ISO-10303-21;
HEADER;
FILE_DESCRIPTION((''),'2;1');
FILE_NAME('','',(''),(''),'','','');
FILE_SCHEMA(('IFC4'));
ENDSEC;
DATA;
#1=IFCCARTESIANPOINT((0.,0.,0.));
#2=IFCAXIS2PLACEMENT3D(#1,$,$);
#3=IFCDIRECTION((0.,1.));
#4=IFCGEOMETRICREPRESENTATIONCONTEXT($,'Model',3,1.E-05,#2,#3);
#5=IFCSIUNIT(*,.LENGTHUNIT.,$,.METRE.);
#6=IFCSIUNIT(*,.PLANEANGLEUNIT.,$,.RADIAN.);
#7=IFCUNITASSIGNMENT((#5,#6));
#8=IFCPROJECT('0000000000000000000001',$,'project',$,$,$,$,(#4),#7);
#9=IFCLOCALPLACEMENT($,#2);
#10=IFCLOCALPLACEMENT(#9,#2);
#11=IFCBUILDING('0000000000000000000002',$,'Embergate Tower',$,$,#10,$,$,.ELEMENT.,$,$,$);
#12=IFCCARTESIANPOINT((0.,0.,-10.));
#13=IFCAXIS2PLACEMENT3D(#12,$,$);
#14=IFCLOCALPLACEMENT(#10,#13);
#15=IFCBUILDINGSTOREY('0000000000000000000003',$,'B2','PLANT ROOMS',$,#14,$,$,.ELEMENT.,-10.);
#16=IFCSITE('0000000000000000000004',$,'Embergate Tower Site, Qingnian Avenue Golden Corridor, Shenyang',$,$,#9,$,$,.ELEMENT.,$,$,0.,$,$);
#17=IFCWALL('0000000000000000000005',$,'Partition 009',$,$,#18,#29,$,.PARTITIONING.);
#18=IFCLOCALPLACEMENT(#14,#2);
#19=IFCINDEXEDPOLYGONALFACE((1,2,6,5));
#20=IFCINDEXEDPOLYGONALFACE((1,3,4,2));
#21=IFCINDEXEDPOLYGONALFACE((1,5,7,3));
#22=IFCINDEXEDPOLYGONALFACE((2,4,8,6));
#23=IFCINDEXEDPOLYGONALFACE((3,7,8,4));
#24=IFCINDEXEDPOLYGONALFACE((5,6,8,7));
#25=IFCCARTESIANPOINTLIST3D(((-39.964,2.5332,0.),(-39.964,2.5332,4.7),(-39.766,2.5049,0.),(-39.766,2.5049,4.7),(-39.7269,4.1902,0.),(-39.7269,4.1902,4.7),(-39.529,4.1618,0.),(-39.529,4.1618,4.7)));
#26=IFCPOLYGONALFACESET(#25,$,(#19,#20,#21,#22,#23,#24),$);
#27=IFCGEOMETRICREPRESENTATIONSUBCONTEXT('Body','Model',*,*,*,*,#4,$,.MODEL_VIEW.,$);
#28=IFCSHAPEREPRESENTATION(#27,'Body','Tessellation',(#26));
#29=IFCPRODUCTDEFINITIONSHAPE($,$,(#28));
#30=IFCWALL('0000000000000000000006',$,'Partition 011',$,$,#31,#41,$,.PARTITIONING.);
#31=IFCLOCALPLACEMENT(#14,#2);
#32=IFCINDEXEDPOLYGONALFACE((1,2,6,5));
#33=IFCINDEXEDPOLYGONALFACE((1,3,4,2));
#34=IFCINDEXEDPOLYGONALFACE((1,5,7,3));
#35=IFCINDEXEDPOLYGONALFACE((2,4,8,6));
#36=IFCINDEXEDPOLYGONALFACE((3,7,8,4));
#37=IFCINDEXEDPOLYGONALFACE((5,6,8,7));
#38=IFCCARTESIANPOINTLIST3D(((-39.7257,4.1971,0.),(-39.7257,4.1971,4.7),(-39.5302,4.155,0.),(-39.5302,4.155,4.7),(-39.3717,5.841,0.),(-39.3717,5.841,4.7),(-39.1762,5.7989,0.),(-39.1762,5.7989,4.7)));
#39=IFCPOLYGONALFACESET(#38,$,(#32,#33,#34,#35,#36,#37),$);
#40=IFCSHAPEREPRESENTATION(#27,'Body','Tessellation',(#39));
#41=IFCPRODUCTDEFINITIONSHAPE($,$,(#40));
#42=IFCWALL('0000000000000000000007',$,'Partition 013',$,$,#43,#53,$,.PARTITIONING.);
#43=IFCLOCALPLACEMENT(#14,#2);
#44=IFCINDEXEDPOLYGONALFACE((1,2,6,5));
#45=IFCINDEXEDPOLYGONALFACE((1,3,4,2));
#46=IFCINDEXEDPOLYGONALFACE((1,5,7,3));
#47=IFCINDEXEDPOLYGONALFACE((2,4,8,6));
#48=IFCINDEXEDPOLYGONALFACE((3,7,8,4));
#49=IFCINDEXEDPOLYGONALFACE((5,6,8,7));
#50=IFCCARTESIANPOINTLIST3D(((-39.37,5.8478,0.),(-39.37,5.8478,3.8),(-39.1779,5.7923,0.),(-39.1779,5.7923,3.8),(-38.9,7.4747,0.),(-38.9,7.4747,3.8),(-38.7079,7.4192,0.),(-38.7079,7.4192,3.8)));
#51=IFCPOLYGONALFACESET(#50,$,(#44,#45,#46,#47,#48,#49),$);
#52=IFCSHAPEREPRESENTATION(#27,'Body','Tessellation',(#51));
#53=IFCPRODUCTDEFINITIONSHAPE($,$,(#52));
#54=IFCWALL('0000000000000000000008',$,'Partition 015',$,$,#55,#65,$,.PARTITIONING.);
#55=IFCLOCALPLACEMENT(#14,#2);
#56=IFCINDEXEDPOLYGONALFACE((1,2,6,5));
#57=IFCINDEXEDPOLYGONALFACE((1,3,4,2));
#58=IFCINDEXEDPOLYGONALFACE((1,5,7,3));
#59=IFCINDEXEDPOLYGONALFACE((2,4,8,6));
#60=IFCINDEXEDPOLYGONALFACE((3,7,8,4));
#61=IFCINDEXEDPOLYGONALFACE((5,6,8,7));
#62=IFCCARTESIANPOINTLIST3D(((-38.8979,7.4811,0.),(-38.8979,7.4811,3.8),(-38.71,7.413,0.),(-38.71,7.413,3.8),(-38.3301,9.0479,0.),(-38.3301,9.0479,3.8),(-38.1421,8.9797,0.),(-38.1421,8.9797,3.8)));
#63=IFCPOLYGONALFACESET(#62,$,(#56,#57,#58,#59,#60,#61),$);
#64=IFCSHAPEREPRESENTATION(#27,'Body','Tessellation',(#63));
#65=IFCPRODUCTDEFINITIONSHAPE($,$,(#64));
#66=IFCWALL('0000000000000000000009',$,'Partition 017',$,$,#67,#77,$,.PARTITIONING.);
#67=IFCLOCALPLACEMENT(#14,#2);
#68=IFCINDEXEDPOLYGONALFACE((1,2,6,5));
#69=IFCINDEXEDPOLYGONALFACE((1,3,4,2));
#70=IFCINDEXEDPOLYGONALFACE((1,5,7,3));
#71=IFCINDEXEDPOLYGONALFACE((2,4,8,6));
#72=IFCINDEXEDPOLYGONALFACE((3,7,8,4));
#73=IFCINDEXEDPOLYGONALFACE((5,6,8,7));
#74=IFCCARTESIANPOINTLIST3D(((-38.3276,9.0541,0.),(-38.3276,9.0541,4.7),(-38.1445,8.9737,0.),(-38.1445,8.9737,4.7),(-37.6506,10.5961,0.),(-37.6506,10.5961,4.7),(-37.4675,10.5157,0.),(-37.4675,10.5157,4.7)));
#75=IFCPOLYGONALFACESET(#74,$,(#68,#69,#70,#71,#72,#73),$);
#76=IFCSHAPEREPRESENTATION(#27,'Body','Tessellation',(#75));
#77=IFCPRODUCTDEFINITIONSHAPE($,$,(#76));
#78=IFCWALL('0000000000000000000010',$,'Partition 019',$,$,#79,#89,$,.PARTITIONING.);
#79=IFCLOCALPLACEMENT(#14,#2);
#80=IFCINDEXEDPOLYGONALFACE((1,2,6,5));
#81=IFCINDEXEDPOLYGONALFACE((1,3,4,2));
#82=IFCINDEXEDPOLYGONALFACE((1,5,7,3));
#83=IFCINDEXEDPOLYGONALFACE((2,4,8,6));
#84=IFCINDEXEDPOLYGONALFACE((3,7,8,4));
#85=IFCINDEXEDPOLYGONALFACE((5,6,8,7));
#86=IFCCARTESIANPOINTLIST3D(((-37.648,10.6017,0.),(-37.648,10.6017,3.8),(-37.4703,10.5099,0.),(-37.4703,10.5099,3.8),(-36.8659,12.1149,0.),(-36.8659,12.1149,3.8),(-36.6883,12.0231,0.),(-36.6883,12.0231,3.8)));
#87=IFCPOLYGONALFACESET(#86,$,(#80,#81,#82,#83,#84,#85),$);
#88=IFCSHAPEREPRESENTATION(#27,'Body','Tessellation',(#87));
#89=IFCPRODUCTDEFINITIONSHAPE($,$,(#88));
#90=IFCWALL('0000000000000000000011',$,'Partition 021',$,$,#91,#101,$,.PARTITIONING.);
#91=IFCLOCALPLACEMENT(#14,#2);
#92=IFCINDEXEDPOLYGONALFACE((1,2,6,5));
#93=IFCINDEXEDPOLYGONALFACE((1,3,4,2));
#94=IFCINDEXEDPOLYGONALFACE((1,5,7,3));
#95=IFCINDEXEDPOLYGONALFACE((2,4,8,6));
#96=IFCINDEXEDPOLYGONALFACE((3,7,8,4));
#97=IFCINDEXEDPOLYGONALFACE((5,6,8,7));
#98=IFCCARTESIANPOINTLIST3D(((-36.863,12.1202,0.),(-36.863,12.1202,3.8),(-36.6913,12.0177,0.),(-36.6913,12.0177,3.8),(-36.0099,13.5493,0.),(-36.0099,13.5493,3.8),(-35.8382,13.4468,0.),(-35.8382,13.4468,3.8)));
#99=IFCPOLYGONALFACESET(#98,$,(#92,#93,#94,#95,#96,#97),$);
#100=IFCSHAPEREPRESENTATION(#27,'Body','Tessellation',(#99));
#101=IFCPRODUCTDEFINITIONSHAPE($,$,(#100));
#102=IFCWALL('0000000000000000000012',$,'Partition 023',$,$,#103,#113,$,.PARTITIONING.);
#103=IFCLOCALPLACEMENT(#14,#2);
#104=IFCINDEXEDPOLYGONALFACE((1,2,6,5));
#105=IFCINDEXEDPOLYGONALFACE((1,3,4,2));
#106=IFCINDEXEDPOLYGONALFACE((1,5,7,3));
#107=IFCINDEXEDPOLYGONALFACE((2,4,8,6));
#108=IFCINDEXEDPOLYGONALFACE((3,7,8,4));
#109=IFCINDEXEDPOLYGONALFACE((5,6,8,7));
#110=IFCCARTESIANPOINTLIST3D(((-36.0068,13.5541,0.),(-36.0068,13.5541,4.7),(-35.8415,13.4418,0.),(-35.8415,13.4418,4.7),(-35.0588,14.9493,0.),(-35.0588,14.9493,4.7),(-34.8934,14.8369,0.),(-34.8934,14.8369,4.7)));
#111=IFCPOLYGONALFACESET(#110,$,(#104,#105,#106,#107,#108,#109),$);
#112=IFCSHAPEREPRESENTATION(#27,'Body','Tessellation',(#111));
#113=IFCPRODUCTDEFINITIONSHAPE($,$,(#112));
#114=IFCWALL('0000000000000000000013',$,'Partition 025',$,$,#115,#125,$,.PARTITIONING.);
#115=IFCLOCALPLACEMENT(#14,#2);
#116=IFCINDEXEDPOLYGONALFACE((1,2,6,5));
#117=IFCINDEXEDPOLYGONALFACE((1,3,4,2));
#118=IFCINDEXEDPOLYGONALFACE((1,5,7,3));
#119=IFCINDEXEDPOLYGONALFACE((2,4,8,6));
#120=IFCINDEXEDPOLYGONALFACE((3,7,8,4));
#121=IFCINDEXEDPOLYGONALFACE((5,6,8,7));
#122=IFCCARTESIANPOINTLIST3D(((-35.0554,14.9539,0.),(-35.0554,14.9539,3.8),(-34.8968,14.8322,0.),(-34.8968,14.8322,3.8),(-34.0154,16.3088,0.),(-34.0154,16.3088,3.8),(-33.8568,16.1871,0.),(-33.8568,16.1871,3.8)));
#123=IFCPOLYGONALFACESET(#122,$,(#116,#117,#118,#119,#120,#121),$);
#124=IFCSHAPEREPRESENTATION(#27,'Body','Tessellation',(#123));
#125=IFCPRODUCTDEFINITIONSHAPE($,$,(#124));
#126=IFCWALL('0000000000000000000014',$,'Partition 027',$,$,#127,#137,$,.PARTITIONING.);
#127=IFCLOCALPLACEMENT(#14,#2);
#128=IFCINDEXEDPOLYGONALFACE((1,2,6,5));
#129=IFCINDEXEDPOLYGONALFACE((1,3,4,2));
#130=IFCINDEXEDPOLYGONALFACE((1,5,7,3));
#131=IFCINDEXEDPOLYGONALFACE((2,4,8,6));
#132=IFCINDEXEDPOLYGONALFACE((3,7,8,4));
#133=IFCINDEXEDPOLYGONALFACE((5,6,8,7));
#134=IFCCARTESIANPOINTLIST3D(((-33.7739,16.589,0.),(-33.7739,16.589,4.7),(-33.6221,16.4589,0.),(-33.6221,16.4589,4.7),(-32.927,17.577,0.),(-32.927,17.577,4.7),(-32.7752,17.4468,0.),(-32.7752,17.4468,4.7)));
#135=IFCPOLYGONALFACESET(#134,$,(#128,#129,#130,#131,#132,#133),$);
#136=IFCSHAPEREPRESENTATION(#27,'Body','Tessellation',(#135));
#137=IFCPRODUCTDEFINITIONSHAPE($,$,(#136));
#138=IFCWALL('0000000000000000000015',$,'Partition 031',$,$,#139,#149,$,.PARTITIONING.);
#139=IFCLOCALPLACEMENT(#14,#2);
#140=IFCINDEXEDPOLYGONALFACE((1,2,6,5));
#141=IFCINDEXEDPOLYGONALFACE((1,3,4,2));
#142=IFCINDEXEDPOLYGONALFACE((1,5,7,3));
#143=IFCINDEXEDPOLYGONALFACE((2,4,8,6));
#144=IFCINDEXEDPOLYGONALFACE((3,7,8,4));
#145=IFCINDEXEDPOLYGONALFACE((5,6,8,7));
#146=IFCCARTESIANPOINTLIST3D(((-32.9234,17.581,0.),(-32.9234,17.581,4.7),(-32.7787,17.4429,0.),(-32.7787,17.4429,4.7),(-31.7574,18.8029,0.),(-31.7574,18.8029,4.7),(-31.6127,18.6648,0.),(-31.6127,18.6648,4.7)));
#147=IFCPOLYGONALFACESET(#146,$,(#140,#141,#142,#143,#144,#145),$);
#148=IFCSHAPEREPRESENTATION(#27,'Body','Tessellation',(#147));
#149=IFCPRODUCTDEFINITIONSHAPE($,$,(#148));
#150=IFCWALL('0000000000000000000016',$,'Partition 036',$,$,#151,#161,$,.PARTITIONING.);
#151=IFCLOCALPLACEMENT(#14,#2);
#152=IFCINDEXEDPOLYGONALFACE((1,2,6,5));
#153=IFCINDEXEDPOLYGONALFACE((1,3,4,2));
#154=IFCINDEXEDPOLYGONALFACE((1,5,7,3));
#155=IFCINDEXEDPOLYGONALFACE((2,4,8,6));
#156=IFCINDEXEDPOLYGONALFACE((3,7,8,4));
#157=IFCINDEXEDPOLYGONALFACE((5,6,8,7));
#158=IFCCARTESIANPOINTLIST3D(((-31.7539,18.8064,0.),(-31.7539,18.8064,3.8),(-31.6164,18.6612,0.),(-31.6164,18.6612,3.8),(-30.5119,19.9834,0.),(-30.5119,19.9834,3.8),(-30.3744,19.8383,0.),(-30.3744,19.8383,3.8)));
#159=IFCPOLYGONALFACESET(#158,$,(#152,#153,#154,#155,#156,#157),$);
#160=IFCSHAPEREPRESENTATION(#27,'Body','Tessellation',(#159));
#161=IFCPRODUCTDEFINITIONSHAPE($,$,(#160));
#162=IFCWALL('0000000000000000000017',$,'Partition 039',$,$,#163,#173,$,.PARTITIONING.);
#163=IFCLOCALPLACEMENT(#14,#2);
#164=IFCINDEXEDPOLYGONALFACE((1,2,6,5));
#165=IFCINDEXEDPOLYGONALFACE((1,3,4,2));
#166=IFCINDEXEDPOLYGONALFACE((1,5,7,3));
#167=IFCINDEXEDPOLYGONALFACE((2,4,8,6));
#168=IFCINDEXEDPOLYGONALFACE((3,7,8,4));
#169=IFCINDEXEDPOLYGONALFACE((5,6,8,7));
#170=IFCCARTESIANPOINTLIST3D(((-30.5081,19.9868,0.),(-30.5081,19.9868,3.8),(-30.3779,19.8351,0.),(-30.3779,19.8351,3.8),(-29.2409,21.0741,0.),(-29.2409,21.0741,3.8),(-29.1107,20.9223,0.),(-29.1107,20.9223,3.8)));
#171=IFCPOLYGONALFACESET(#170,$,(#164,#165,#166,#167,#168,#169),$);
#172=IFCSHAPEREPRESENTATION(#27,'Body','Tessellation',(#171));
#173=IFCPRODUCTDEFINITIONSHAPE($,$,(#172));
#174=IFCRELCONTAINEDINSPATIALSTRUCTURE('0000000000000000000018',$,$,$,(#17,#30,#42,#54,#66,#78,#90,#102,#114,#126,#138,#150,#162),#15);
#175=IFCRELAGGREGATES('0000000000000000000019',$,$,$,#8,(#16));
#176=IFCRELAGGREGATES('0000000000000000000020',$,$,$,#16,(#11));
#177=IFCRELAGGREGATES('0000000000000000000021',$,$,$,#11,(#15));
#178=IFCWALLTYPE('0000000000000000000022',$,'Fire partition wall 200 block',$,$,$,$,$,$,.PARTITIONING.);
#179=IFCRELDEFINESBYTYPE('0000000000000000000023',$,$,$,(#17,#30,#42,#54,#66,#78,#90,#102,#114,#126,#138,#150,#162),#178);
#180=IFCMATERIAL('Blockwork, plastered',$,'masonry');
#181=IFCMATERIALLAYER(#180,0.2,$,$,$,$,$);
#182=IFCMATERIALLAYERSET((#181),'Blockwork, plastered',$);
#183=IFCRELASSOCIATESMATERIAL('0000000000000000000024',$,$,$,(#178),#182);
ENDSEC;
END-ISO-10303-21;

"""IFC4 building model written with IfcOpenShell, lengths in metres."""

from ifc_helpers import new_model, si_unit, direction, frame, frame_2d, origin, place, context, subcontext, project, spatial, rectangle, extrude, source, transform, mapped, material, layer, layer_set, type_object, element, save


model = new_model("IFC4")

# Units and contexts
model_context = context("Model", 3, precision=1e-05, world=origin(), true_north=direction((0.0, 1.0)))
body_context = subcontext(model_context, "Body", "Model", "MODEL_VIEW")
ifc_project = project(units=[si_unit("LENGTHUNIT", "METRE"), si_unit("PLANEANGLEUNIT", "RADIAN")], contexts=[model_context])

# Site, building, storey
site_placement = place(None, origin())
site = spatial("IfcSite", under=ifc_project, at=site_placement, Name="Embergate Tower Site, Qingnian Avenue Golden Corridor, Shenyang", CompositionType="ELEMENT", RefElevation=0.0)
building_placement = place(site_placement, origin())
building = spatial("IfcBuilding", under=site, at=building_placement, Name="Embergate Tower", CompositionType="ELEMENT")
storey_placement = place(building_placement, frame((0.0, 0.0, -10.0)))
storey = spatial("IfcBuildingStorey", under=building, at=storey_placement, Name="B2", Description="PLANT ROOMS", CompositionType="ELEMENT", Elevation=-10.0)

# Walls
ifc_material_1 = material(Name="Blockwork, plastered", Category="masonry")
ifc_layer = layer(ifc_material_1, 0.2)
ifc_layer_set = layer_set([ifc_layer], Name="Blockwork, plastered")
wall_type = type_object("IfcWallType", Name="Fire partition wall 200 block", PredefinedType="PARTITIONING", material=ifc_layer_set)
shared_shape_1 = source(origin(), body_context, "Body", "SweptSolid", [
    extrude(rectangle(XDim=1.6738, YDim=0.2, at=frame_2d((0.8369, 0.0))), origin(), (0.0, 0.0, 1.0), 4.7),
])
wall_1_placement = place(storey_placement, frame((-39.865, 2.519, 0.0), z_axis=(0.0, 0.0, 1.0), x_axis=(0.141626, 0.98992, 0.0)))
element("IfcWall", 1, at=wall_1_placement, inside=storey, type_object=wall_type, Name="Partition 009", PredefinedType="PARTITIONING", context=body_context, shape_type="MappedRepresentation", body=[
    mapped(shared_shape_1, transform((0.0, 0.0, 0.0))),
])
shared_shape_2 = source(origin(), body_context, "Body", "SweptSolid", [
    extrude(rectangle(XDim=1.6816, YDim=0.2, at=frame_2d((0.8408, 0.0))), origin(), (0.0, 0.0, 1.0), 4.7),
])
wall_2_placement = place(storey_placement, frame((-39.6279, 4.176, 0.0), z_axis=(0.0, 0.0, 1.0), x_axis=(0.210501, 0.977594, 0.0)))
element("IfcWall", 2, at=wall_2_placement, inside=storey, type_object=wall_type, Name="Partition 011", PredefinedType="PARTITIONING", context=body_context, shape_type="MappedRepresentation", body=[
    mapped(shared_shape_2, transform((0.0, 0.0, 0.0))),
])
shared_shape_3 = source(origin(), body_context, "Body", "SweptSolid", [
    extrude(rectangle(XDim=1.6934, YDim=0.2, at=frame_2d((0.8467, 0.0))), origin(), (0.0, 0.0, 1.0), 3.8),
])
wall_3_placement = place(storey_placement, frame((-39.2739, 5.8201, 0.0), z_axis=(0.0, 0.0, 1.0), x_axis=(0.277519, 0.96072, 0.0)))
element("IfcWall", 3, at=wall_3_placement, inside=storey, type_object=wall_type, Name="Partition 013", PredefinedType="PARTITIONING", context=body_context, shape_type="MappedRepresentation", body=[
    mapped(shared_shape_3, transform((0.0, 0.0, 0.0))),
])
shared_shape_4 = source(origin(), body_context, "Body", "SweptSolid", [
    extrude(rectangle(XDim=1.6665, YDim=0.2, at=frame_2d((0.8333, 0.0))), origin(), (0.0, 0.0, 1.0), 3.8),
])
wall_4_placement = place(storey_placement, frame((-38.804, 7.447, 0.0), z_axis=(0.0, 0.0, 1.0), x_axis=(0.340731, 0.940161, 0.0)))
element("IfcWall", 4, at=wall_4_placement, inside=storey, type_object=wall_type, Name="Partition 015", PredefinedType="PARTITIONING", context=body_context, shape_type="MappedRepresentation", body=[
    mapped(shared_shape_4, transform((0.0, 0.0, 0.0))),
])
shared_shape_5 = source(origin(), body_context, "Body", "SweptSolid", [
    extrude(rectangle(XDim=1.6841, YDim=0.2, at=frame_2d((0.842, 0.0))), origin(), (0.0, 0.0, 1.0), 4.7),
])
wall_5_placement = place(storey_placement, frame((-38.2361, 9.0139, 0.0), z_axis=(0.0, 0.0, 1.0), x_axis=(0.402005, 0.915638, 0.0)))
element("IfcWall", 5, at=wall_5_placement, inside=storey, type_object=wall_type, Name="Partition 017", PredefinedType="PARTITIONING", context=body_context, shape_type="MappedRepresentation", body=[
    mapped(shared_shape_5, transform((0.0, 0.0, 0.0))),
])
shared_shape_6 = source(origin(), body_context, "Body", "SweptSolid", [
    extrude(rectangle(XDim=1.7034, YDim=0.2, at=frame_2d((0.8516, 0.0))), origin(), (0.0, 0.0, 1.0), 3.8),
])
wall_6_placement = place(storey_placement, frame((-37.5591, 10.5559, 0.0), z_axis=(0.0, 0.0, 1.0), x_axis=(0.459099, 0.888385, 0.0)))
element("IfcWall", 6, at=wall_6_placement, inside=storey, type_object=wall_type, Name="Partition 019", PredefinedType="PARTITIONING", context=body_context, shape_type="MappedRepresentation", body=[
    mapped(shared_shape_6, transform((0.0, 0.0, 0.0))),
])
shared_shape_7 = source(origin(), body_context, "Body", "SweptSolid", [
    extrude(rectangle(XDim=1.6643, YDim=0.2, at=frame_2d((0.832, 0.0))), origin(), (0.0, 0.0, 1.0), 3.8),
])
wall_7_placement = place(storey_placement, frame((-36.7771, 12.0691, 0.0), z_axis=(0.0, 0.0, 1.0), x_axis=(0.512574, 0.858643, 0.0)))
element("IfcWall", 7, at=wall_7_placement, inside=storey, type_object=wall_type, Name="Partition 021", PredefinedType="PARTITIONING", context=body_context, shape_type="MappedRepresentation", body=[
    mapped(shared_shape_7, transform((0.0, 0.0, 0.0))),
])
shared_shape_8 = source(origin(), body_context, "Body", "SweptSolid", [
    extrude(rectangle(XDim=1.6868, YDim=0.2, at=frame_2d((0.8433, 0.0))), origin(), (0.0, 0.0, 1.0), 4.7),
])
wall_8_placement = place(storey_placement, frame((-35.9241, 13.498, 0.0), z_axis=(0.0, 0.0, 1.0), x_axis=(0.562061, 0.827096, 0.0)))
element("IfcWall", 8, at=wall_8_placement, inside=storey, type_object=wall_type, Name="Partition 023", PredefinedType="PARTITIONING", context=body_context, shape_type="MappedRepresentation", body=[
    mapped(shared_shape_8, transform((0.0, 0.0, 0.0))),
])
shared_shape_9 = source(origin(), body_context, "Body", "SweptSolid", [
    extrude(rectangle(XDim=1.708, YDim=0.2, at=frame_2d((0.854, 0.0))), origin(), (0.0, 0.0, 1.0), 3.8),
])
wall_9_placement = place(storey_placement, frame((-34.9761, 14.8931, 0.0), z_axis=(0.0, 0.0, 1.0), x_axis=(0.608882, 0.793261, 0.0)))
element("IfcWall", 9, at=wall_9_placement, inside=storey, type_object=wall_type, Name="Partition 025", PredefinedType="PARTITIONING", context=body_context, shape_type="MappedRepresentation", body=[
    mapped(shared_shape_9, transform((0.0, 0.0, 0.0))),
])
shared_shape_10 = source(origin(), body_context, "Body", "SweptSolid", [
    extrude(rectangle(XDim=1.3013, YDim=0.2, at=frame_2d((0.6506, 0.0))), origin(), (0.0, 0.0, 1.0), 4.7),
])
wall_10_placement = place(storey_placement, frame((-33.698, 16.5239, 0.0), z_axis=(0.0, 0.0, 1.0), x_axis=(0.650807, 0.759243, 0.0)))
element("IfcWall", 10, at=wall_10_placement, inside=storey, type_object=wall_type, Name="Partition 027", PredefinedType="PARTITIONING", context=body_context, shape_type="MappedRepresentation", body=[
    mapped(shared_shape_10, transform((0.0, 0.0, 0.0))),
])
shared_shape_11 = source(origin(), body_context, "Body", "SweptSolid", [
    extrude(rectangle(XDim=1.689, YDim=0.2, at=frame_2d((0.8445, 0.0))), origin(), (0.0, 0.0, 1.0), 4.7),
])
wall_11_placement = place(storey_placement, frame((-32.8511, 17.512, 0.0), z_axis=(0.0, 0.0, 1.0), x_axis=(0.690362, 0.723464, 0.0)))
element("IfcWall", 11, at=wall_11_placement, inside=storey, type_object=wall_type, Name="Partition 031", PredefinedType="PARTITIONING", context=body_context, shape_type="MappedRepresentation", body=[
    mapped(shared_shape_11, transform((0.0, 0.0, 0.0))),
])
shared_shape_12 = source(origin(), body_context, "Body", "SweptSolid", [
    extrude(rectangle(XDim=1.7112, YDim=0.2, at=frame_2d((0.8555, 0.0))), origin(), (0.0, 0.0, 1.0), 3.8),
])
wall_12_placement = place(storey_placement, frame((-31.6851, 18.7339, 0.0), z_axis=(0.0, 0.0, 1.0), x_axis=(0.725829, 0.687875, 0.0)))
element("IfcWall", 12, at=wall_12_placement, inside=storey, type_object=wall_type, Name="Partition 036", PredefinedType="PARTITIONING", context=body_context, shape_type="MappedRepresentation", body=[
    mapped(shared_shape_12, transform((0.0, 0.0, 0.0))),
])
shared_shape_13 = source(origin(), body_context, "Body", "SweptSolid", [
    extrude(rectangle(XDim=1.6697, YDim=0.2, at=frame_2d((0.835, 0.0))), origin(), (0.0, 0.0, 1.0), 3.8),
])
wall_13_placement = place(storey_placement, frame((-30.4431, 19.9109, 0.0), z_axis=(0.0, 0.0, 1.0), x_axis=(0.758937, 0.651165, 0.0)))
element("IfcWall", 13, at=wall_13_placement, inside=storey, type_object=wall_type, Name="Partition 039", PredefinedType="PARTITIONING", context=body_context, shape_type="MappedRepresentation", body=[
    mapped(shared_shape_13, transform((0.0, 0.0, 0.0))),
])

save(model, "model.ifc")
